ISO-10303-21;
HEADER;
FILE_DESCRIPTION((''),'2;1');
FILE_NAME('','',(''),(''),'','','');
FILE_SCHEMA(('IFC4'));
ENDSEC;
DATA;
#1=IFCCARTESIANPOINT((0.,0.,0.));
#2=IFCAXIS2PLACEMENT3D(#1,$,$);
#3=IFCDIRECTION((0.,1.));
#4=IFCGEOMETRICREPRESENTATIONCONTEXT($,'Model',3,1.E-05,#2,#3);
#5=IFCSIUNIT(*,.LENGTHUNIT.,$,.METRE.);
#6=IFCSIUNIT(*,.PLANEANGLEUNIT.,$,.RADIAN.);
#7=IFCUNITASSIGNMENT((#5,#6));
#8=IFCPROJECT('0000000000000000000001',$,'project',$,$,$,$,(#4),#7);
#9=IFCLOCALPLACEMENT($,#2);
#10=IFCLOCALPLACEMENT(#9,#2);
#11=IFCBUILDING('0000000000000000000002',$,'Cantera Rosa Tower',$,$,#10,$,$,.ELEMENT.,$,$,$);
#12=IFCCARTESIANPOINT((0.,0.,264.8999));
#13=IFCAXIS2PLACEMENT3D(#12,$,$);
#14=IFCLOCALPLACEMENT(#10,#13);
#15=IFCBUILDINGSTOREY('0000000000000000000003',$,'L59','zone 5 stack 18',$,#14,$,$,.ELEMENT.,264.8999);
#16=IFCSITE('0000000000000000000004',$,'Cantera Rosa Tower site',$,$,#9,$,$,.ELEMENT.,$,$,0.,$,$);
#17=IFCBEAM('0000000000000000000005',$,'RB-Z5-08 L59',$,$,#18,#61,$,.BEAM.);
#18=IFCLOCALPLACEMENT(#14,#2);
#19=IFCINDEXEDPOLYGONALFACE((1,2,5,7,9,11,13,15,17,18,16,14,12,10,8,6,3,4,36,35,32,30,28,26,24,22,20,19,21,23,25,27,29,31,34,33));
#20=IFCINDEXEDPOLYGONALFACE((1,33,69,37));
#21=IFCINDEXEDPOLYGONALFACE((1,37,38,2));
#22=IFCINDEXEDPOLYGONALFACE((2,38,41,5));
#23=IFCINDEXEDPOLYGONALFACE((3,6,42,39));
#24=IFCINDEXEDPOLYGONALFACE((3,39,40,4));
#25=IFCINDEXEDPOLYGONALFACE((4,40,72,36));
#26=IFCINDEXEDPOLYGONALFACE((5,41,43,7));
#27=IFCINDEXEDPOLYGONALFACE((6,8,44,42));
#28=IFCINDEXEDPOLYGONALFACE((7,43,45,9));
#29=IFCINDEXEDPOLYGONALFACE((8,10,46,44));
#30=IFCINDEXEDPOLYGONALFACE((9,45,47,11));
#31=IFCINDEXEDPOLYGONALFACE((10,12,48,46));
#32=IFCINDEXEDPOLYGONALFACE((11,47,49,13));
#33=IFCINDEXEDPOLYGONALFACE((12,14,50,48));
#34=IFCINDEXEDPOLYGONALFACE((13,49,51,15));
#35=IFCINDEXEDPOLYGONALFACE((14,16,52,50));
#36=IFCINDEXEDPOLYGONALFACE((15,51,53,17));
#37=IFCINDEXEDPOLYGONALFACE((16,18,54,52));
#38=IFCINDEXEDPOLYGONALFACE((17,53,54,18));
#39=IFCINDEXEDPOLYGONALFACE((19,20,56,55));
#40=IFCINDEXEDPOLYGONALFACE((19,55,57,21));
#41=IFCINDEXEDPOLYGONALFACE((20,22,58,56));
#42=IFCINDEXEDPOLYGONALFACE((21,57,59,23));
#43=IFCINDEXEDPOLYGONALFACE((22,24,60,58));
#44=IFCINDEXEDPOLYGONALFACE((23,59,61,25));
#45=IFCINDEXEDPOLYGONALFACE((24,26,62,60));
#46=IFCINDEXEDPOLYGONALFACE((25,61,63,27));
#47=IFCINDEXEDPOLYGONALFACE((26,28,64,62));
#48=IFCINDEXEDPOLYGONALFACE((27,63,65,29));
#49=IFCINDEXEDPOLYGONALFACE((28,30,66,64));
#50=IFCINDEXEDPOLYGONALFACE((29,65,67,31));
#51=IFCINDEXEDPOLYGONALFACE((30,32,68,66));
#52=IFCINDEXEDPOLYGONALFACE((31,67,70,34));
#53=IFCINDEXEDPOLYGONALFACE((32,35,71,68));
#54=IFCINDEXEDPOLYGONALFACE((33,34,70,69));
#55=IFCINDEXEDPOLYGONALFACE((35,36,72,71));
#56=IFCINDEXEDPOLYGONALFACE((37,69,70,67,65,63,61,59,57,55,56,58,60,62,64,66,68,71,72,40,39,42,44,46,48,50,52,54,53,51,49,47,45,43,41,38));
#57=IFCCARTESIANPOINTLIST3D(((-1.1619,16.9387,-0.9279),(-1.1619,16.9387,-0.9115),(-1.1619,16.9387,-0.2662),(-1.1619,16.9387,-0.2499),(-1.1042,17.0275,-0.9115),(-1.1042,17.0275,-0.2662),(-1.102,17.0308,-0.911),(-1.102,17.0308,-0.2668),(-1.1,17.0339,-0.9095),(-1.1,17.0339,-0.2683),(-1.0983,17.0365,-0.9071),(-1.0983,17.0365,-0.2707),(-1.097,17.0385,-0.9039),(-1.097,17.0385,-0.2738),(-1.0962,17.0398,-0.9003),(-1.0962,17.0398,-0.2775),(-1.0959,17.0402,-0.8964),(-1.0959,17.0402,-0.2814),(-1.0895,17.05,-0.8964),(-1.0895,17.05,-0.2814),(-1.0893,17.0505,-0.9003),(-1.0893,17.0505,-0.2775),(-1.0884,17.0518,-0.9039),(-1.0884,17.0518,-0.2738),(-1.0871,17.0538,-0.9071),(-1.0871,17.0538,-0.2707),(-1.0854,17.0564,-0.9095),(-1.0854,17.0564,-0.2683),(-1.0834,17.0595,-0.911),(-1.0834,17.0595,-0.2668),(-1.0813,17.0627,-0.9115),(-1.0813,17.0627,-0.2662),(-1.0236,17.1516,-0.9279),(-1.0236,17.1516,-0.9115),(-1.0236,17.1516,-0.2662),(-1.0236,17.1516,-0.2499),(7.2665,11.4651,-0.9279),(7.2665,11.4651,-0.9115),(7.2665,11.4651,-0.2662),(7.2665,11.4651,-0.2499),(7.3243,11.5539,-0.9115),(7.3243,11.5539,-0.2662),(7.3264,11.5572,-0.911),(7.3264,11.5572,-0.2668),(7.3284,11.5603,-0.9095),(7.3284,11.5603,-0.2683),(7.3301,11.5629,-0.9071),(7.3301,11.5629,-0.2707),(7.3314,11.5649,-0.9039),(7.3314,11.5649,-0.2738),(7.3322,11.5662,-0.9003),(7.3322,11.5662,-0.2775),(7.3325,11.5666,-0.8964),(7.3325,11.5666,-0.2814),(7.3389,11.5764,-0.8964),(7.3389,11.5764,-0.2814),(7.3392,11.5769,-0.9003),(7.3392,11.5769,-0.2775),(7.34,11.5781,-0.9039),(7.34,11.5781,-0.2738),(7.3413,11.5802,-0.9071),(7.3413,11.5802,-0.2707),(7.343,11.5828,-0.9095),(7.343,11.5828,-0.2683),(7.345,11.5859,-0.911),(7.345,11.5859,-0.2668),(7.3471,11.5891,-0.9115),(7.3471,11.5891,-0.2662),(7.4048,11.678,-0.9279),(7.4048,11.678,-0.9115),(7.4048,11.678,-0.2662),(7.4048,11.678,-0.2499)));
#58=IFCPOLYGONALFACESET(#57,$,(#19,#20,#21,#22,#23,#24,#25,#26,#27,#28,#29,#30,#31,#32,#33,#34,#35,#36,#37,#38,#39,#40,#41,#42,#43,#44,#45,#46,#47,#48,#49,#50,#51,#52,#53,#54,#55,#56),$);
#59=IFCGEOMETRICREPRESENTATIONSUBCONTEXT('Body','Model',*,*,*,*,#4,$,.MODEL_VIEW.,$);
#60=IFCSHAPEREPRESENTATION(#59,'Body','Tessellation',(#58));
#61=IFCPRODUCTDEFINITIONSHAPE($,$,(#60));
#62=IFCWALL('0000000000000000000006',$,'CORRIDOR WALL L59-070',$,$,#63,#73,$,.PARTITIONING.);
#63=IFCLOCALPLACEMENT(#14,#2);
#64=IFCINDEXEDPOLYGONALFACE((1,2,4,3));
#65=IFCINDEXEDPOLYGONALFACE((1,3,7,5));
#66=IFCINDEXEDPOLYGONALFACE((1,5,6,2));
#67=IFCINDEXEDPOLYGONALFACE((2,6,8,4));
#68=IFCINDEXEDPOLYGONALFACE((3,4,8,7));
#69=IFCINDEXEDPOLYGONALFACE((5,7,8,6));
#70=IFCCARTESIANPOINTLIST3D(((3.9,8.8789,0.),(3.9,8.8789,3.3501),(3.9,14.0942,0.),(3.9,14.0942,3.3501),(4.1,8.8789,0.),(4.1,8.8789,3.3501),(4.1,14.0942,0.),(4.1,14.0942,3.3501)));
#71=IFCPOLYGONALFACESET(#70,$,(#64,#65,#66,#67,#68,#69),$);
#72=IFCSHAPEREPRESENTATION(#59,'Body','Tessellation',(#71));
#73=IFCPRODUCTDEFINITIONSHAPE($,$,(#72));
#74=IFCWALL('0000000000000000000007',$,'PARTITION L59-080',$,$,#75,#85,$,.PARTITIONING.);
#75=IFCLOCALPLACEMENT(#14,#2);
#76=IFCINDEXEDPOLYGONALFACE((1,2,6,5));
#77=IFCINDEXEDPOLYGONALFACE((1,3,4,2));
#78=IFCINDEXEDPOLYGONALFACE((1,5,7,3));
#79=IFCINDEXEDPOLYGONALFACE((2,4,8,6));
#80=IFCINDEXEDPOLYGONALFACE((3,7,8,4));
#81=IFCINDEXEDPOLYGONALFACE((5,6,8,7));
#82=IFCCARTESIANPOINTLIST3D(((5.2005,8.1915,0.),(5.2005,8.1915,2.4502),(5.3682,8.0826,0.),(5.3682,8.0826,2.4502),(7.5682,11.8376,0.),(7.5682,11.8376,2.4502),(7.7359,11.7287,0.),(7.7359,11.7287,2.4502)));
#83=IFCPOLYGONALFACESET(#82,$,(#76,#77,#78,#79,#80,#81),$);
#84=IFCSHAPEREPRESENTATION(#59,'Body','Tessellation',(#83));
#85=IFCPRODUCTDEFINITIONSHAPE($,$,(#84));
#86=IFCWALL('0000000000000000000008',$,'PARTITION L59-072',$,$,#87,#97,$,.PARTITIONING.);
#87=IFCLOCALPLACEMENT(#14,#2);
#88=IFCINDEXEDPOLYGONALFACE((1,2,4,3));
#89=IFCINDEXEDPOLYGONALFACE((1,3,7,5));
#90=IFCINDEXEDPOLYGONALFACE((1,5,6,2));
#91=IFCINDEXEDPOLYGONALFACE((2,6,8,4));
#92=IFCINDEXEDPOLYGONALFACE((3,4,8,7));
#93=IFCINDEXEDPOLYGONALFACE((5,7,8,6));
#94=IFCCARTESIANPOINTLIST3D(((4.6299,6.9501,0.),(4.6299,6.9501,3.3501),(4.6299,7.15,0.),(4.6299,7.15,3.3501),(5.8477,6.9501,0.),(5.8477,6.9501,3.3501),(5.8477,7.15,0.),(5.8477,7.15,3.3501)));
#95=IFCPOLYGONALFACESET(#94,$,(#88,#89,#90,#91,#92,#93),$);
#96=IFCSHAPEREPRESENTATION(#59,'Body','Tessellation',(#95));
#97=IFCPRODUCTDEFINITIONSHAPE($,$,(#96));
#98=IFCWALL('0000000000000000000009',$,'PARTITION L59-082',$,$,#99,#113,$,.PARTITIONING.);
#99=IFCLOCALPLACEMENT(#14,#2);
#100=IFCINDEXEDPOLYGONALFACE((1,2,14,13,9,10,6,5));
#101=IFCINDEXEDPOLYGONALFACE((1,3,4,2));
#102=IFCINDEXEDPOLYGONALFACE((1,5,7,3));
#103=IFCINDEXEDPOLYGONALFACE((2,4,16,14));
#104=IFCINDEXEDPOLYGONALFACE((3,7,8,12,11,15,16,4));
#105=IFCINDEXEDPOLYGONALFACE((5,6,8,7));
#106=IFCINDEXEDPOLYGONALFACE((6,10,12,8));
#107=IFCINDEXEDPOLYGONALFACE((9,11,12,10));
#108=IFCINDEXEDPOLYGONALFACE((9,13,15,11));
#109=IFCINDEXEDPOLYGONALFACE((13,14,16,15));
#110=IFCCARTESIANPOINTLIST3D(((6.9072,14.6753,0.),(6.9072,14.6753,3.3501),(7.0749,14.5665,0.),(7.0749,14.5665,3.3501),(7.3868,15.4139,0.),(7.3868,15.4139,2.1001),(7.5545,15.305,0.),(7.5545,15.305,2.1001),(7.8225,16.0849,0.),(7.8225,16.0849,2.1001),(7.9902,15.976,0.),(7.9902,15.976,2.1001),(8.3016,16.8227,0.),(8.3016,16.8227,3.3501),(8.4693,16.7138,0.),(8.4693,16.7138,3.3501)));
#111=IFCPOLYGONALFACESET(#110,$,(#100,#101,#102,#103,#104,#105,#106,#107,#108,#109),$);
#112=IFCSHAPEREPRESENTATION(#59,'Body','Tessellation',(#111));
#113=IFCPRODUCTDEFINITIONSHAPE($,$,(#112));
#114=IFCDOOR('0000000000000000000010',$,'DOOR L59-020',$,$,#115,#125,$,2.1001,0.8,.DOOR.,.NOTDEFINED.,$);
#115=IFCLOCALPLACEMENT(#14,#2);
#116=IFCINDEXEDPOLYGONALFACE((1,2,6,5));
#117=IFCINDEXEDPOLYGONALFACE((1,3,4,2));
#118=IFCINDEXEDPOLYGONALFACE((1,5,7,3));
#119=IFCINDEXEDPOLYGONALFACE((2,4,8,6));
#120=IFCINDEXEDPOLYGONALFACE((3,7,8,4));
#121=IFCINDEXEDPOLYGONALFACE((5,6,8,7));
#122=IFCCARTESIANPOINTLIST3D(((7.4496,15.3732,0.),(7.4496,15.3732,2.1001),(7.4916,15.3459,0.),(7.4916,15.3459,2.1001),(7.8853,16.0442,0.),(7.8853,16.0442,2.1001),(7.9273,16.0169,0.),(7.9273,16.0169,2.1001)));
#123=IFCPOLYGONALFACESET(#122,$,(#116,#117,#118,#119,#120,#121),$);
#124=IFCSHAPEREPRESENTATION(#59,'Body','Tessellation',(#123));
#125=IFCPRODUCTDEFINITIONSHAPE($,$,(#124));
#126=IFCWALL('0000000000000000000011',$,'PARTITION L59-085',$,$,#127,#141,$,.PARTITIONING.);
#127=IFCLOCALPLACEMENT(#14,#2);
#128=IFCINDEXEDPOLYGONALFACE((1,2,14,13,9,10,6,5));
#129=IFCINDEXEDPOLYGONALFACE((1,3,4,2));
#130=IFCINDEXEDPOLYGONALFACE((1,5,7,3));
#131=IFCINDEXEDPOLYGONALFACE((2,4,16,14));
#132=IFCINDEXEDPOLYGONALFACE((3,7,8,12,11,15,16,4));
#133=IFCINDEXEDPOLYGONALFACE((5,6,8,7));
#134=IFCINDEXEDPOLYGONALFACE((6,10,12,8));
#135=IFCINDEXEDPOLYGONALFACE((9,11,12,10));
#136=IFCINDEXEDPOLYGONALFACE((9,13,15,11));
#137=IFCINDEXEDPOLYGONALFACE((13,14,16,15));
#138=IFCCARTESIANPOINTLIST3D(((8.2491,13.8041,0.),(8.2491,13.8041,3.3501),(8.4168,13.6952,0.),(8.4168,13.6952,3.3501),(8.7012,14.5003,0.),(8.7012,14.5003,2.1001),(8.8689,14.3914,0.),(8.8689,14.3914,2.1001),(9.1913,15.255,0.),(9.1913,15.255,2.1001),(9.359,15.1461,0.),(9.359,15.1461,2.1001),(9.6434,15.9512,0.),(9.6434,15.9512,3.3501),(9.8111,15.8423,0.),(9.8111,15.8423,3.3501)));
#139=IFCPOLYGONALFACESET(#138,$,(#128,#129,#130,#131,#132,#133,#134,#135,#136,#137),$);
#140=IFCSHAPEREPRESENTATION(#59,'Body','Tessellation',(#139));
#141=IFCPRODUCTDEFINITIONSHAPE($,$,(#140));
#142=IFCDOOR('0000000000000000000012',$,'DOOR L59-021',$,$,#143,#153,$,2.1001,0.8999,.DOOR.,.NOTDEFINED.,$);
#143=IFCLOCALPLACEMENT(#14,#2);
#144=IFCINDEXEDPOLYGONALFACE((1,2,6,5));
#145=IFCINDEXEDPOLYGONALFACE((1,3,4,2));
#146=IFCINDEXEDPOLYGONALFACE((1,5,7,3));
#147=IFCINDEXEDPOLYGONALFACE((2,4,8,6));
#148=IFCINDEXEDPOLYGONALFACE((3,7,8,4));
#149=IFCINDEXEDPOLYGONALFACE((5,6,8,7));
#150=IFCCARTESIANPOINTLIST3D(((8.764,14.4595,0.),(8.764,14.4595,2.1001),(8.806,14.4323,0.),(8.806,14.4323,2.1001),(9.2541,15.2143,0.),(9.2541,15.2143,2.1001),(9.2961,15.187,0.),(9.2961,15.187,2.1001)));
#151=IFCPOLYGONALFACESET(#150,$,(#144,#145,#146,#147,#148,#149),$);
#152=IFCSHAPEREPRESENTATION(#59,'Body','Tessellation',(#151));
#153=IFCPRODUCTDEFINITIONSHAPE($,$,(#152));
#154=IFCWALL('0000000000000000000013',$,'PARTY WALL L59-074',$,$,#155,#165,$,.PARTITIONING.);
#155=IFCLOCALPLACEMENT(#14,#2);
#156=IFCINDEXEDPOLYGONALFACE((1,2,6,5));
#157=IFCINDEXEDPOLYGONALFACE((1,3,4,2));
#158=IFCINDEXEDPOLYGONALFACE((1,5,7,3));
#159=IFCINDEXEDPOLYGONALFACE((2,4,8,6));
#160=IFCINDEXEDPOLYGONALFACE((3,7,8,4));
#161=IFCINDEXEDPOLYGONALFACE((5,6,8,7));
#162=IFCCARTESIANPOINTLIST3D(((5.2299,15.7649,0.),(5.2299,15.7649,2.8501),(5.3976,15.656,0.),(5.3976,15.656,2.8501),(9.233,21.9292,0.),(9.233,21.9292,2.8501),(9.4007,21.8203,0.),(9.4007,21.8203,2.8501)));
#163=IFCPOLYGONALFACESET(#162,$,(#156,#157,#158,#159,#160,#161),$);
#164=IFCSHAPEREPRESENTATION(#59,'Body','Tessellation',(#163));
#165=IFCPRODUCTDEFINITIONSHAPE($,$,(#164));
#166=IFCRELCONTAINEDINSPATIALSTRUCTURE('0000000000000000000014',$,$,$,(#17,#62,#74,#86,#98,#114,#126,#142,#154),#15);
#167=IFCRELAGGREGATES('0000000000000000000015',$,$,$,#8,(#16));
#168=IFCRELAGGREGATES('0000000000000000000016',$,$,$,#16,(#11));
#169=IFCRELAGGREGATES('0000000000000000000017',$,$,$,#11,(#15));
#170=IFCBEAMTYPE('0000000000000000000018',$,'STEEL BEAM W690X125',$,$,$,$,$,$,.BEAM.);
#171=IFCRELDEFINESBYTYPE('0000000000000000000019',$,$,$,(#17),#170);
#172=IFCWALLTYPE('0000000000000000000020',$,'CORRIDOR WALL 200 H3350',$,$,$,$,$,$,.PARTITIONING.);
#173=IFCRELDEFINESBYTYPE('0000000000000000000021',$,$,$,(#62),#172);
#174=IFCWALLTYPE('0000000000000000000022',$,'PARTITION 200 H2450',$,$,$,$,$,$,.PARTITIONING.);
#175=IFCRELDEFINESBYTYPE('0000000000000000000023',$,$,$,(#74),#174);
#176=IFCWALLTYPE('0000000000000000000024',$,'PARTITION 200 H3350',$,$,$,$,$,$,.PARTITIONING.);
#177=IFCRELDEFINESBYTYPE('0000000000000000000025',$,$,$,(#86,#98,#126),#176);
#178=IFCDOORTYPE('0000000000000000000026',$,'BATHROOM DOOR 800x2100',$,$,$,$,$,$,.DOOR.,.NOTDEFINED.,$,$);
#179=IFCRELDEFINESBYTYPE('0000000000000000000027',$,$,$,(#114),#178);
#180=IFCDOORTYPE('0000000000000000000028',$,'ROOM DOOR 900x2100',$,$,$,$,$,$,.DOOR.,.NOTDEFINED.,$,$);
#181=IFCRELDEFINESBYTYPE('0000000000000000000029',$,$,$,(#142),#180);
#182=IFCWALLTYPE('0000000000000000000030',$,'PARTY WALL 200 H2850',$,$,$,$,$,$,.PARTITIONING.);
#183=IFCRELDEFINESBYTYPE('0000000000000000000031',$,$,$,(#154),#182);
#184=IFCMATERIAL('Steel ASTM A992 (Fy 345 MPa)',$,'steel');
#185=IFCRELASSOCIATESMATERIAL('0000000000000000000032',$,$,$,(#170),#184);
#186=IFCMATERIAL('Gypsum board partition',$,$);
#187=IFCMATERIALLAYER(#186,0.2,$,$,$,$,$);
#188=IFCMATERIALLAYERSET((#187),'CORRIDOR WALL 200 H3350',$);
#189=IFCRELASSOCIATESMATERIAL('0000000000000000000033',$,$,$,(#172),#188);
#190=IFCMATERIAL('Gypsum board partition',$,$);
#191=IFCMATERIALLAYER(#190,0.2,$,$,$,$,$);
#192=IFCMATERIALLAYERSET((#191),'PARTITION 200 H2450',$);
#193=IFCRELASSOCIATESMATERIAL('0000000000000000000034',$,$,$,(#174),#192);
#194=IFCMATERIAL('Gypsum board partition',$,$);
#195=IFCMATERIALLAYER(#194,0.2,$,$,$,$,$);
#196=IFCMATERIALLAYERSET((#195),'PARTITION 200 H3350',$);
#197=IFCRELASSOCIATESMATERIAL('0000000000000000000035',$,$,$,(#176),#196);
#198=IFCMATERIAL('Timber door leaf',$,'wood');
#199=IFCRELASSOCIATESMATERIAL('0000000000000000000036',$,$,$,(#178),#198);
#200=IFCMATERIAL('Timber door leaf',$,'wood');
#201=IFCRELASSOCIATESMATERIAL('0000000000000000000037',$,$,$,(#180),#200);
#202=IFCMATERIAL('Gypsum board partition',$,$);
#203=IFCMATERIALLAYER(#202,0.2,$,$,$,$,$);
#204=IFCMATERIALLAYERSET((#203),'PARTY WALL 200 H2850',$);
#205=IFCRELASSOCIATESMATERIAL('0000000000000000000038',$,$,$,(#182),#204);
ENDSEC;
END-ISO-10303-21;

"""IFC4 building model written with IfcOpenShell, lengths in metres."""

from ifc_helpers import new_model, si_unit, direction, frame, frame_2d, origin, origin_2d, place, context, subcontext, project, spatial, rectangle, i_section, extrude, material, layer, layer_set, material_profile, profile_set, type_object, element, fill, save


model = new_model("IFC4")

# Units and contexts
model_context = context("Model", 3, precision=1e-05, world=origin(), true_north=direction((0.0, 1.0)))
body_context = subcontext(model_context, "Body", "Model", "MODEL_VIEW")
ifc_project = project(units=[si_unit("LENGTHUNIT", "METRE"), si_unit("PLANEANGLEUNIT", "RADIAN")], contexts=[model_context])

# Site, building, storey
site_placement = place(None, origin())
site = spatial("IfcSite", under=ifc_project, at=site_placement, Name="Cantera Rosa Tower site", CompositionType="ELEMENT", RefElevation=0.0)
building_placement = place(site_placement, origin())
building = spatial("IfcBuilding", under=site, at=building_placement, Name="Cantera Rosa Tower", CompositionType="ELEMENT")
storey_placement = place(building_placement, frame((0.0, 0.0, 264.8999)))
storey = spatial("IfcBuildingStorey", under=building, at=storey_placement, Name="L59", Description="zone 5 stack 18", CompositionType="ELEMENT", Elevation=264.8999)

# Beam
ifc_material_1 = material(Name="Steel ASTM A992 (Fy 345 MPa)", Category="steel")
ifc_material_profile = material_profile(ifc_material_1, i_section(OverallWidth=0.2539, OverallDepth=0.678, WebThickness=0.0117, FlangeThickness=0.0164, FilletRadius=0.0151, at=origin_2d()), Name="W690X125")
ifc_profile_set = profile_set([ifc_material_profile], Name="Steel ASTM A992 (Fy 345 MPa)")
beam_type = type_object("IfcBeamType", Name="STEEL BEAM W690X125", PredefinedType="BEAM", material=ifc_profile_set)
beam_placement = place(storey_placement, frame((7.3357, 11.5715, -0.5889), z_axis=(-0.838665, 0.544648, 0.0), x_axis=(-0.544648, -0.838665, 0.0)))
element("IfcBeam", 1, at=beam_placement, inside=storey, type_object=beam_type, Name="RB-Z5-08 L59", PredefinedType="BEAM", context=body_context, shape_type="SweptSolid", body=[
    extrude(i_section(OverallWidth=0.2539, OverallDepth=0.678, WebThickness=0.0117, FlangeThickness=0.0164, FilletRadius=0.0151, at=origin_2d()), origin(), (0.0, 0.0, 1.0), 10.0498),
])

# Walls
ifc_material_2 = material(Name="Gypsum board partition")
ifc_layer_1 = layer(ifc_material_2, 0.2)
ifc_layer_set_1 = layer_set([ifc_layer_1], Name="CORRIDOR WALL 200 H3350")
wall_type_1 = type_object("IfcWallType", Name="CORRIDOR WALL 200 H3350", PredefinedType="PARTITIONING", material=ifc_layer_set_1)
wall_1_placement = place(storey_placement, frame((4.0, 8.8789, 0.0), z_axis=(0.0, 0.0, 1.0), x_axis=(0.0, 1.0, 0.0)))
element("IfcWall", 2, at=wall_1_placement, inside=storey, type_object=wall_type_1, Name="CORRIDOR WALL L59-070", PredefinedType="PARTITIONING", context=body_context, shape_type="SweptSolid", body=[
    extrude(rectangle(XDim=5.2153, YDim=0.2, at=frame_2d((2.6077, 0.0))), origin(), (0.0, 0.0, 1.0), 3.3501),
])
ifc_material_3 = material(Name="Gypsum board partition")
ifc_layer_2 = layer(ifc_material_3, 0.2)
ifc_layer_set_2 = layer_set([ifc_layer_2], Name="PARTITION 200 H2450")
wall_type_2 = type_object("IfcWallType", Name="PARTITION 200 H2450", PredefinedType="PARTITIONING", material=ifc_layer_set_2)
wall_2_placement = place(storey_placement, frame((7.6521, 11.7832, 0.0), z_axis=(0.0, 0.0, 1.0), x_axis=(-0.544629, -0.838677, 0.0)))
element("IfcWall", 3, at=wall_2_placement, inside=storey, type_object=wall_type_2, Name="PARTITION L59-080", PredefinedType="PARTITIONING", context=body_context, shape_type="SweptSolid", body=[
    extrude(rectangle(XDim=4.3474, YDim=0.2, at=frame_2d((2.1738, 0.0))), origin(), (0.0, 0.0, 1.0), 2.4502),
])
ifc_material_4 = material(Name="Gypsum board partition")
ifc_layer_3 = layer(ifc_material_4, 0.2)
ifc_layer_set_3 = layer_set([ifc_layer_3], Name="PARTITION 200 H3350")
wall_type_3 = type_object("IfcWallType", Name="PARTITION 200 H3350", PredefinedType="PARTITIONING", material=ifc_layer_set_3)
wall_3_placement = place(storey_placement, frame((4.6299, 7.05, 0.0), z_axis=(0.0, 0.0, 1.0), x_axis=(1.0, 0.0, 0.0)))
element("IfcWall", 4, at=wall_3_placement, inside=storey, type_object=wall_type_3, Name="PARTITION L59-072", PredefinedType="PARTITIONING", context=body_context, shape_type="SweptSolid", body=[
    extrude(rectangle(XDim=1.2178, YDim=0.2, at=frame_2d((0.6089, 0.0))), origin(), (0.0, 0.0, 1.0), 3.3501),
])

# Walls, openings, doors
wall_4_placement = place(storey_placement, frame((8.3855, 16.7683, 0.0), z_axis=(0.0, 0.0, 1.0), x_axis=(-0.544603, -0.838694, 0.0)))
wall_4 = element("IfcWall", 5, at=wall_4_placement, inside=storey, type_object=wall_type_3, Name="PARTITION L59-082", PredefinedType="PARTITIONING", context=body_context, shape_type="SweptSolid", body=[
    extrude(rectangle(XDim=2.5603, YDim=0.2, at=frame_2d((1.2803, 0.0))), origin(), (0.0, 0.0, 1.0), 3.3501),
])
opening_1_placement = place(wall_4_placement, frame((0.8799, 0.0, 0.0)))
opening_1 = element("IfcOpeningElement", 6, at=opening_1_placement, cuts=wall_4, PredefinedType="OPENING", context=body_context, shape_type="SweptSolid", body=[
    extrude(rectangle(XDim=0.8, YDim=2.1001, at=frame_2d((0.3999, 1.05))), frame((0.0, 0.1099, 0.0), z_axis=(0.0, -1.0, 0.0), x_axis=(1.0, 0.0, 0.0)), (0.0, 0.0, 1.0), 0.22),
])
ifc_material_5 = material(Name="Timber door leaf", Category="wood")
door_type_1 = type_object("IfcDoorType", Name="BATHROOM DOOR 800x2100", OperationType="NOTDEFINED", PredefinedType="DOOR", material=ifc_material_5)
door_1_placement = place(opening_1_placement, origin())
door_1 = element("IfcDoor", 7, at=door_1_placement, inside=storey, type_object=door_type_1, Name="DOOR L59-020", OperationType="NOTDEFINED", OverallHeight=2.1001, OverallWidth=0.8, PredefinedType="DOOR", context=body_context, shape_type="SweptSolid", body=[
    extrude(rectangle(XDim=0.8, YDim=2.1001, at=frame_2d((0.3999, 1.05))), frame((0.0, 0.0249, 0.0), z_axis=(0.0, -1.0, 0.0), x_axis=(1.0, 0.0, 0.0)), (0.0, 0.0, 1.0), 0.05),
])
fill(opening_1, door_1)
wall_5_placement = place(storey_placement, frame((9.7273, 15.8967, 0.0), z_axis=(0.0, 0.0, 1.0), x_axis=(-0.544646, -0.838666, 0.0)))
wall_5 = element("IfcWall", 8, at=wall_5_placement, inside=storey, type_object=wall_type_3, Name="PARTITION L59-085", PredefinedType="PARTITIONING", context=body_context, shape_type="SweptSolid", body=[
    extrude(rectangle(XDim=2.5601, YDim=0.2, at=frame_2d((1.28, 0.0))), origin(), (0.0, 0.0, 1.0), 3.3501),
])
opening_2_placement = place(wall_5_placement, frame((0.8301, 0.0, 0.0)))
opening_2 = element("IfcOpeningElement", 9, at=opening_2_placement, cuts=wall_5, PredefinedType="OPENING", context=body_context, shape_type="SweptSolid", body=[
    extrude(rectangle(XDim=0.8999, YDim=2.1001, at=frame_2d((0.45, 1.05))), frame((0.0, 0.1099, 0.0), z_axis=(0.0, -1.0, 0.0), x_axis=(1.0, 0.0, 0.0)), (0.0, 0.0, 1.0), 0.22),
])
ifc_material_6 = material(Name="Timber door leaf", Category="wood")
door_type_2 = type_object("IfcDoorType", Name="ROOM DOOR 900x2100", OperationType="NOTDEFINED", PredefinedType="DOOR", material=ifc_material_6)
door_2_placement = place(opening_2_placement, origin())
door_2 = element("IfcDoor", 10, at=door_2_placement, inside=storey, type_object=door_type_2, Name="DOOR L59-021", OperationType="NOTDEFINED", OverallHeight=2.1001, OverallWidth=0.8999, PredefinedType="DOOR", context=body_context, shape_type="SweptSolid", body=[
    extrude(rectangle(XDim=0.8999, YDim=2.1001, at=frame_2d((0.45, 1.05))), frame((0.0, 0.0249, 0.0), z_axis=(0.0, -1.0, 0.0), x_axis=(1.0, 0.0, 0.0)), (0.0, 0.0, 1.0), 0.05),
])
fill(opening_2, door_2)

# Wall
ifc_material_7 = material(Name="Gypsum board partition")
ifc_layer_4 = layer(ifc_material_7, 0.2)
ifc_layer_set_4 = layer_set([ifc_layer_4], Name="PARTY WALL 200 H2850")
wall_type_4 = type_object("IfcWallType", Name="PARTY WALL 200 H2850", PredefinedType="PARTITIONING", material=ifc_layer_set_4)
wall_6_placement = place(storey_placement, frame((5.3137, 15.7104, 0.0), z_axis=(0.0, 0.0, 1.0), x_axis=(0.544642, 0.838669, 0.0)))
element("IfcWall", 11, at=wall_6_placement, inside=storey, type_object=wall_type_4, Name="PARTY WALL L59-074", PredefinedType="PARTITIONING", context=body_context, shape_type="SweptSolid", body=[
    extrude(rectangle(XDim=7.3501, YDim=0.2, at=frame_2d((3.675, 0.0))), origin(), (0.0, 0.0, 1.0), 2.8501),
])

save(model, "model.ifc")
